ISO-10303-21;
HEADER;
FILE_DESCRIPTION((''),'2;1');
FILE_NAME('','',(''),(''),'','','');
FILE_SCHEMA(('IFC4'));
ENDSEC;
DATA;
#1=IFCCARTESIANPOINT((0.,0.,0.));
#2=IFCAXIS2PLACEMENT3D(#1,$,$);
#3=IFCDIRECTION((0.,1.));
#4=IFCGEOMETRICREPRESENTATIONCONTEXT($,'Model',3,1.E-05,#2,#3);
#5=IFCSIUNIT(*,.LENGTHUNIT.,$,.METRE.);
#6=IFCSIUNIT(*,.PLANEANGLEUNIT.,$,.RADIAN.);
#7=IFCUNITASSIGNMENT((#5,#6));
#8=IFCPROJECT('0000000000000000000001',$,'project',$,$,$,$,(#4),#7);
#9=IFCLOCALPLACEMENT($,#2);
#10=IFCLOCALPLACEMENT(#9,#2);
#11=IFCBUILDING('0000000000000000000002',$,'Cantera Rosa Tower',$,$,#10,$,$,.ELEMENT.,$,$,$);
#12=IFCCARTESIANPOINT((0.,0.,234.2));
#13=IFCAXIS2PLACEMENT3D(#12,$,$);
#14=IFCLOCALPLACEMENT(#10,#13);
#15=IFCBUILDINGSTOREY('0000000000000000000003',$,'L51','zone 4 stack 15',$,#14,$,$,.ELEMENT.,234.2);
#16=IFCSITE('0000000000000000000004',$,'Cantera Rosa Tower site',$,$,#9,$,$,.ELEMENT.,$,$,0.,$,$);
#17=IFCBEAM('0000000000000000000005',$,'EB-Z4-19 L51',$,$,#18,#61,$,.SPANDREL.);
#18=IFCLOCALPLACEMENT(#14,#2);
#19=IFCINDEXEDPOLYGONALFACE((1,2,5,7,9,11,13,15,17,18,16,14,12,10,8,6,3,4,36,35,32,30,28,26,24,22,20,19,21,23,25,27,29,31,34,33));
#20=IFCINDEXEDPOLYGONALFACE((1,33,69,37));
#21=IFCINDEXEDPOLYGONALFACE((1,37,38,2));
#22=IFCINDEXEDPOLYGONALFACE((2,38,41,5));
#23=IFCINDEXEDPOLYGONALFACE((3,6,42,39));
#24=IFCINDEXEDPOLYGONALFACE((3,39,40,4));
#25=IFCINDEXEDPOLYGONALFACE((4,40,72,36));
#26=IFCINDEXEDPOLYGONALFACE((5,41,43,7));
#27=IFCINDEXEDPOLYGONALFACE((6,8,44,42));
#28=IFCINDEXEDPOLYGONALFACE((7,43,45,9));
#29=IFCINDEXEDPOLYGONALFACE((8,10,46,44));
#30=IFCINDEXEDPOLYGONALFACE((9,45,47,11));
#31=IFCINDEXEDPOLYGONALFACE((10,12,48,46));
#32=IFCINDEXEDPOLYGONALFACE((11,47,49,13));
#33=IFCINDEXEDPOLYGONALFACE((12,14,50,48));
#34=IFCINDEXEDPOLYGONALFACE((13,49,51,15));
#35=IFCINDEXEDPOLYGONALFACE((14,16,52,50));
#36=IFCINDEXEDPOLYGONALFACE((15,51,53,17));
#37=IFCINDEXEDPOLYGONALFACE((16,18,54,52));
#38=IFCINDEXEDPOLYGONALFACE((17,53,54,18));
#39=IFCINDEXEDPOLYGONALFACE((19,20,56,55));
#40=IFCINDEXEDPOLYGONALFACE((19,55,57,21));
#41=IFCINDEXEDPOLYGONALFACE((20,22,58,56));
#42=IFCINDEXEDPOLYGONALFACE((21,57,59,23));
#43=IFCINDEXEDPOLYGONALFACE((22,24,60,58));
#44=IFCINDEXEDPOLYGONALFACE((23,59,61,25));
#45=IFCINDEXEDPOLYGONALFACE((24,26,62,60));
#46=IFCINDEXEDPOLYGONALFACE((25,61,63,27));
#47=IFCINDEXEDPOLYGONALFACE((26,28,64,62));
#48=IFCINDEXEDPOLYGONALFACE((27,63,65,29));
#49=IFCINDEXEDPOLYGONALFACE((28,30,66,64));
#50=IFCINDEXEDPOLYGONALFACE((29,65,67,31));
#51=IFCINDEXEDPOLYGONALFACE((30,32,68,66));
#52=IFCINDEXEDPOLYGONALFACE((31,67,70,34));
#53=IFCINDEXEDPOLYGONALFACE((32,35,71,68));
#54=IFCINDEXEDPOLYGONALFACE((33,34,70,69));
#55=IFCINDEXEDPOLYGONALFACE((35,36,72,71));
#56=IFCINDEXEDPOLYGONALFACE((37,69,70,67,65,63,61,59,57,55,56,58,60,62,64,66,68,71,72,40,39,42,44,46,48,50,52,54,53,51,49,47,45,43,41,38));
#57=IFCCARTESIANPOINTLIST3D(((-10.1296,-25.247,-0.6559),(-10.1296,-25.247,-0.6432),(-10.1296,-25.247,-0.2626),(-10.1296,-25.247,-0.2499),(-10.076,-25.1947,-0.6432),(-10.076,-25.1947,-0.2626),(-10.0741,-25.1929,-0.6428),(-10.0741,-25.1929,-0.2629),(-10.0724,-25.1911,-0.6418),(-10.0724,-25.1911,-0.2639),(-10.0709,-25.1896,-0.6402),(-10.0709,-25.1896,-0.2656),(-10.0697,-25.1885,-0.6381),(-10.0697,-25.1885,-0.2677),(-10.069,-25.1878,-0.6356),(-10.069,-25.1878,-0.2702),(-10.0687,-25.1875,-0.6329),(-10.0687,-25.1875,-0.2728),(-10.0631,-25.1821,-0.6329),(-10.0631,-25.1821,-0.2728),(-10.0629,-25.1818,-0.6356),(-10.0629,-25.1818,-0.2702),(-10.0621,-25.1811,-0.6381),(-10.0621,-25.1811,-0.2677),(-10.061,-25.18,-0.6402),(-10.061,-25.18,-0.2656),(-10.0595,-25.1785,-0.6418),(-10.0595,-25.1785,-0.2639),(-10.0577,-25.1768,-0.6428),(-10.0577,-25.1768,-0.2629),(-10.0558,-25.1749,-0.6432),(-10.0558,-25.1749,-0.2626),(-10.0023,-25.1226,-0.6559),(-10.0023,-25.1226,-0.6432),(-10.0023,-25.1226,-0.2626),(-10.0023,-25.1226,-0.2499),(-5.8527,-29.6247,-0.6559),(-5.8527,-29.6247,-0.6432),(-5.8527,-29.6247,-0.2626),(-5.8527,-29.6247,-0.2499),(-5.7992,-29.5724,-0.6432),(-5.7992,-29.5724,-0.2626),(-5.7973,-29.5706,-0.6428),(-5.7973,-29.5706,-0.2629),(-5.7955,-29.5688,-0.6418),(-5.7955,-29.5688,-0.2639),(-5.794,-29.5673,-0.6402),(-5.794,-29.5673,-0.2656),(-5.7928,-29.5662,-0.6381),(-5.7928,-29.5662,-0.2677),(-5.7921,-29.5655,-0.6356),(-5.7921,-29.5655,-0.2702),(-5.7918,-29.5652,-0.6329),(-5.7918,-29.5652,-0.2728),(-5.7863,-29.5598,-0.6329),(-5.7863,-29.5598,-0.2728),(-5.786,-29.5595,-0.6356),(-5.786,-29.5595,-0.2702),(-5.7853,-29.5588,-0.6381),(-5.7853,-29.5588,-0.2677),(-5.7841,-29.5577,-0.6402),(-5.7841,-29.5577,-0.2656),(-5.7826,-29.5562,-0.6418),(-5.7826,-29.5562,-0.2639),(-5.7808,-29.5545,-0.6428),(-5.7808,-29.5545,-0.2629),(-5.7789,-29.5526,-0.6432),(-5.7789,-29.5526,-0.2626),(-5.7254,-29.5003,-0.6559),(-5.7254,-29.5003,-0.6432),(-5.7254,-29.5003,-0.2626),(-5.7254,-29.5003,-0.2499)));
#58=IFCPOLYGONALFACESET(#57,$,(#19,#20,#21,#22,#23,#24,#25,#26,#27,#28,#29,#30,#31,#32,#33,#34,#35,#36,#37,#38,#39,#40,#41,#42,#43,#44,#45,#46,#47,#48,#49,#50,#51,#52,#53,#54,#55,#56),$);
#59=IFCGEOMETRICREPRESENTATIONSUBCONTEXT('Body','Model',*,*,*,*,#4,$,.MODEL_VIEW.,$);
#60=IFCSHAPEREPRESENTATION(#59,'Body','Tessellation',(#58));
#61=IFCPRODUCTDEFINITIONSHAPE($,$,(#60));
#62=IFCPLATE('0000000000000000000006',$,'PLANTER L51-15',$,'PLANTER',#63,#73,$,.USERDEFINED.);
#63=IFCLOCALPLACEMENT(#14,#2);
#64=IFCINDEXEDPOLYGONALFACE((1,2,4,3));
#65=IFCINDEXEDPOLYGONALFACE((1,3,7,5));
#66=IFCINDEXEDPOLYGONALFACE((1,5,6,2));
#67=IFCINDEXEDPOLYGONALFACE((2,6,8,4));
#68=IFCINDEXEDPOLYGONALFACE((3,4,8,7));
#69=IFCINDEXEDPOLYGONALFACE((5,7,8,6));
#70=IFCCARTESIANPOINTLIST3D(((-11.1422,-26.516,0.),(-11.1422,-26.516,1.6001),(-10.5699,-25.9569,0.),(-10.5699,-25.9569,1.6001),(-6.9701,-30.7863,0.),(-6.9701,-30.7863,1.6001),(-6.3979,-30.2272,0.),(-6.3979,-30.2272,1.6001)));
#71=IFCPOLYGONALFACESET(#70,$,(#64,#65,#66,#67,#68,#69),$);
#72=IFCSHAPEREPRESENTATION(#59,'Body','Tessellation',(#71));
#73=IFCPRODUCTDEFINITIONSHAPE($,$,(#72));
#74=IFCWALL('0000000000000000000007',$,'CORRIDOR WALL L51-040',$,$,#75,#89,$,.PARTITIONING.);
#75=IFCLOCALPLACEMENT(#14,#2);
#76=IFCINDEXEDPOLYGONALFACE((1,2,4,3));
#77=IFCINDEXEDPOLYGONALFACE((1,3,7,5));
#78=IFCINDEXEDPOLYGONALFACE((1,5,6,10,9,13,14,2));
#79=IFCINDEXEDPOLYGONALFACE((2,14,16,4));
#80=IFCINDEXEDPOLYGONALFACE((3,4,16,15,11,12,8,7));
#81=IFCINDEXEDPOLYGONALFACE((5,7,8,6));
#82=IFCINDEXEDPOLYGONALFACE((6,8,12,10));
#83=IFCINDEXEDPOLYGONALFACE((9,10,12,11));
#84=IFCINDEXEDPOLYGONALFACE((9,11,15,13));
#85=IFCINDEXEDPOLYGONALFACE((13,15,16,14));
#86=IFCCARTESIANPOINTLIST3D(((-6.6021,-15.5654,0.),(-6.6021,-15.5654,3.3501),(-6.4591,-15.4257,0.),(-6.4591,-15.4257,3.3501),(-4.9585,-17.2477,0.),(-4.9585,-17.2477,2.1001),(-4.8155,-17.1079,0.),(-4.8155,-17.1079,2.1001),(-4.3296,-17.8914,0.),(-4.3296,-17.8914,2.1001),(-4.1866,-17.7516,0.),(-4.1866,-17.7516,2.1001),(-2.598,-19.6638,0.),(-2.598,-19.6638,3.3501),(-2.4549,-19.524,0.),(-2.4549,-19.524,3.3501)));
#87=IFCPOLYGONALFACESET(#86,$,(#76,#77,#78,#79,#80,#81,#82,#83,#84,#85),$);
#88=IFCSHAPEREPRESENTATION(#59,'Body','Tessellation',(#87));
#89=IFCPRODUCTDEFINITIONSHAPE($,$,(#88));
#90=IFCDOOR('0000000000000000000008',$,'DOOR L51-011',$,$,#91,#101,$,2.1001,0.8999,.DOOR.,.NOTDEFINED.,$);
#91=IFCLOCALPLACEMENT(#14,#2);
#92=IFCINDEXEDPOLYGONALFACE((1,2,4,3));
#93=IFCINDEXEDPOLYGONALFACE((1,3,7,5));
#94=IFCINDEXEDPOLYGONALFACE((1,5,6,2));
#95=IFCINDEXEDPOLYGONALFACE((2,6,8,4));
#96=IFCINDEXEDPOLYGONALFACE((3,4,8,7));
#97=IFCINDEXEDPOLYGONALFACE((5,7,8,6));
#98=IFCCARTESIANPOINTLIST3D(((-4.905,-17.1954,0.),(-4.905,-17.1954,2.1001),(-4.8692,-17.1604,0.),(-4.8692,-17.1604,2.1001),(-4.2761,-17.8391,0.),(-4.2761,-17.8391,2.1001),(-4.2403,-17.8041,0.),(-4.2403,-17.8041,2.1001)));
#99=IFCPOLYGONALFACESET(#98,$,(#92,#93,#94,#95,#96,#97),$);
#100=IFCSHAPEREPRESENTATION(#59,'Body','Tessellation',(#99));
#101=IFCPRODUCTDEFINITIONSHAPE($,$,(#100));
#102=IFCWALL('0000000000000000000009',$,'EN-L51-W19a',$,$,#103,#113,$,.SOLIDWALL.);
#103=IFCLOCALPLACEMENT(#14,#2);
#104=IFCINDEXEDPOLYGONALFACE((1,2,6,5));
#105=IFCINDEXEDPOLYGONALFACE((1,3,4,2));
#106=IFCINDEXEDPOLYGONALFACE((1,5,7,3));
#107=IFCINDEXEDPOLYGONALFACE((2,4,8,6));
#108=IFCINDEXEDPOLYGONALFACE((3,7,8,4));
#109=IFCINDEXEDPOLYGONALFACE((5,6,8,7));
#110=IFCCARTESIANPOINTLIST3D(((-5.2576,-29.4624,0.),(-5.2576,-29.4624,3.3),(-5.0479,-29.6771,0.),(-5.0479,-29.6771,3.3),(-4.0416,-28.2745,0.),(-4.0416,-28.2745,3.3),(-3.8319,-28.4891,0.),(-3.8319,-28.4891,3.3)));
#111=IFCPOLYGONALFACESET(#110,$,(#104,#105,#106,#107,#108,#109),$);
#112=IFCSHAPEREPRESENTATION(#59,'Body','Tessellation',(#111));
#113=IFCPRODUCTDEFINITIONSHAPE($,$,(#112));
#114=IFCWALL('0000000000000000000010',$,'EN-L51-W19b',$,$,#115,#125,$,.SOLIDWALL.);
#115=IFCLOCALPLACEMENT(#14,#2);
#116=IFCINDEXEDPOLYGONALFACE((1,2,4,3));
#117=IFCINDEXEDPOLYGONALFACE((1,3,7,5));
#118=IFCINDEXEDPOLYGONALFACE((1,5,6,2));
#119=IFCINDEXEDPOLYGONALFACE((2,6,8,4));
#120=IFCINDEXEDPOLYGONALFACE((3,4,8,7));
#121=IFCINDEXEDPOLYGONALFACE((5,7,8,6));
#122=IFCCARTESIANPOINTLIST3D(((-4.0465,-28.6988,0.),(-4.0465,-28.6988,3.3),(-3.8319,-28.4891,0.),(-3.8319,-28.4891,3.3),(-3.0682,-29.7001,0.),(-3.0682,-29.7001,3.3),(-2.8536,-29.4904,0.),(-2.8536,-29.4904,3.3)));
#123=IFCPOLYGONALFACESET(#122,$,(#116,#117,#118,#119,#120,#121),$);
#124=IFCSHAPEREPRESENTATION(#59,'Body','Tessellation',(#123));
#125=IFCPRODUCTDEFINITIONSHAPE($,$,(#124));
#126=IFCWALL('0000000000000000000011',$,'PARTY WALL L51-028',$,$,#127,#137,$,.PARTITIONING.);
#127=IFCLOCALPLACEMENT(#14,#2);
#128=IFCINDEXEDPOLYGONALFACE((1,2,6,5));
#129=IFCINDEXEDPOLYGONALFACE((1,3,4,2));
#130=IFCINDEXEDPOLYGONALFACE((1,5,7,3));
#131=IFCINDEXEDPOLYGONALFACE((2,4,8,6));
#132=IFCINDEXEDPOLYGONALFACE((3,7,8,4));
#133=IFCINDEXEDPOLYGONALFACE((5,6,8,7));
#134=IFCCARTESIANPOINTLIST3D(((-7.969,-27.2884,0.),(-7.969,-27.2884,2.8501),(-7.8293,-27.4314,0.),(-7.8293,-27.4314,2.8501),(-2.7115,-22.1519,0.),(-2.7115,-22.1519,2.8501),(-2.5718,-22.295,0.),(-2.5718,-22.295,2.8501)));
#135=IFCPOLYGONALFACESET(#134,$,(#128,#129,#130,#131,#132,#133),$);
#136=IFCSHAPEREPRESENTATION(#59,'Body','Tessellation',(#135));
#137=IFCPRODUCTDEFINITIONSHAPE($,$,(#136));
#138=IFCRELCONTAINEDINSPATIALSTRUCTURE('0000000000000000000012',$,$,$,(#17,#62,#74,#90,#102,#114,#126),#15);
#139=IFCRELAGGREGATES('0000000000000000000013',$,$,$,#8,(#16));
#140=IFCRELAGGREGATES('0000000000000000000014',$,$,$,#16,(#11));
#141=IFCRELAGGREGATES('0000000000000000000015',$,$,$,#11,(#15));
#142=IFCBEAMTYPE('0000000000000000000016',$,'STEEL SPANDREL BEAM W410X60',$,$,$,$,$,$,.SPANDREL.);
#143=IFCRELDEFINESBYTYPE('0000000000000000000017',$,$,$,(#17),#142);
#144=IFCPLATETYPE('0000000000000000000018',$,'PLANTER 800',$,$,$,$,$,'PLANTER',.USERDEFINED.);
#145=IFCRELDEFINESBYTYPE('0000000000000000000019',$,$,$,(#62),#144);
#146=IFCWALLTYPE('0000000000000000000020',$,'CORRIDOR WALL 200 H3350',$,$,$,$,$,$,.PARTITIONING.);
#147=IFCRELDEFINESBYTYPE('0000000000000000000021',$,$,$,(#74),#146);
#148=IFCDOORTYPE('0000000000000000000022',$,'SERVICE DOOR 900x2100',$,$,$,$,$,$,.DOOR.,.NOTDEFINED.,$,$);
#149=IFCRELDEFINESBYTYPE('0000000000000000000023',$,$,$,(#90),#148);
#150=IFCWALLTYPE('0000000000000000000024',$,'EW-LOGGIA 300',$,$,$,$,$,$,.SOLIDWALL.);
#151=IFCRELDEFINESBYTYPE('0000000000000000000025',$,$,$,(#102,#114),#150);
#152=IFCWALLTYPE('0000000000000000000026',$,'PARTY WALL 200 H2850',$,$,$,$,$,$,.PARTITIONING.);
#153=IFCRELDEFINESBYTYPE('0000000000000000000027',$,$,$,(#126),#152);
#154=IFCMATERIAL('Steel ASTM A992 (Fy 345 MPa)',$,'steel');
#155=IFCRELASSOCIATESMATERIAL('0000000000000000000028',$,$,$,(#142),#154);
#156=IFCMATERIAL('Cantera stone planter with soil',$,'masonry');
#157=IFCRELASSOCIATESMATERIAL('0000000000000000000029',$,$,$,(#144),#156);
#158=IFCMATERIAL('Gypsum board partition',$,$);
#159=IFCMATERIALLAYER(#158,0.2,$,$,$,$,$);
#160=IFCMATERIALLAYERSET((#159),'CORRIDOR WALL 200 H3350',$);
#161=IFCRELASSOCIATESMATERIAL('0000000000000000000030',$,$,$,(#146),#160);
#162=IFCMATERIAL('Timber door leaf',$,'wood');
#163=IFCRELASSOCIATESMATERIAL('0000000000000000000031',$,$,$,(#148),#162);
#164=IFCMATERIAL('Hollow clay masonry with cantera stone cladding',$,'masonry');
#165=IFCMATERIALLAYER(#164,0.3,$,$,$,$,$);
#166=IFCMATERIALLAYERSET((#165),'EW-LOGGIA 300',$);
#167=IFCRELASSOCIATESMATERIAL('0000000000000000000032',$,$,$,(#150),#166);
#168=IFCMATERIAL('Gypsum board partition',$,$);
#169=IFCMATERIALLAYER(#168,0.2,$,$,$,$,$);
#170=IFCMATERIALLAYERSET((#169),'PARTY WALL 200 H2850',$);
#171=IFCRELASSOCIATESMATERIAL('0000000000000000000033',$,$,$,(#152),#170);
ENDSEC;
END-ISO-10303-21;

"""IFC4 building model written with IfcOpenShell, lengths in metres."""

from ifc_helpers import new_model, si_unit, direction, frame, frame_2d, origin, origin_2d, place, context, subcontext, project, spatial, rectangle, i_section, extrude, material, layer, layer_set, material_profile, profile_set, type_object, element, fill, save


model = new_model("IFC4")

# Units and contexts
model_context = context("Model", 3, precision=1e-05, world=origin(), true_north=direction((0.0, 1.0)))
body_context = subcontext(model_context, "Body", "Model", "MODEL_VIEW")
ifc_project = project(units=[si_unit("LENGTHUNIT", "METRE"), si_unit("PLANEANGLEUNIT", "RADIAN")], contexts=[model_context])

# Site, building, storey
site_placement = place(None, origin())
site = spatial("IfcSite", under=ifc_project, at=site_placement, Name="Cantera Rosa Tower site", CompositionType="ELEMENT", RefElevation=0.0)
building_placement = place(site_placement, origin())
building = spatial("IfcBuilding", under=site, at=building_placement, Name="Cantera Rosa Tower", CompositionType="ELEMENT")
storey_placement = place(building_placement, frame((0.0, 0.0, 234.2)))
storey = spatial("IfcBuildingStorey", under=building, at=storey_placement, Name="L51", Description="zone 4 stack 15", CompositionType="ELEMENT", Elevation=234.2)

# Beam
ifc_material_1 = material(Name="Steel ASTM A992 (Fy 345 MPa)", Category="steel")
ifc_material_profile_1 = material_profile(ifc_material_1, i_section(OverallWidth=0.178, OverallDepth=0.406, WebThickness=0.0078, FlangeThickness=0.0127, FilletRadius=0.0103, at=origin_2d()), Name="W410X60")
ifc_profile_set_1 = profile_set([ifc_material_profile_1], Name="Steel ASTM A992 (Fy 345 MPa)")
beam_type_1 = type_object("IfcBeamType", Name="STEEL SPANDREL BEAM W410X60", PredefinedType="SPANDREL", material=ifc_profile_set_1)
beam_1_placement = place(storey_placement, frame((-10.0659, -25.1848, -0.4529), z_axis=(0.698821, -0.715296, 0.0), x_axis=(0.715296, 0.698821, 0.0)))
element("IfcBeam", 1, at=beam_1_placement, inside=storey, type_object=beam_type_1, Name="EB-Z4-19 L51", PredefinedType="SPANDREL", context=body_context, shape_type="SweptSolid", body=[
    extrude(i_section(OverallWidth=0.178, OverallDepth=0.406, WebThickness=0.0078, FlangeThickness=0.0127, FilletRadius=0.0103, at=origin_2d()), origin(), (0.0, 0.0, 1.0), 6.1201),
])

# Plate
ifc_material_2 = material(Name="Cantera stone planter with soil", Category="masonry")
plate_type = type_object("IfcPlateType", Name="PLANTER 800", ElementType="PLANTER", PredefinedType="USERDEFINED", material=ifc_material_2)
plate_placement = place(storey_placement, frame((-8.77, -28.3716, 0.0), z_axis=(0.0, 0.0, 1.0), x_axis=(0.698832, -0.715286, 0.0)))
element("IfcPlate", 2, at=plate_placement, inside=storey, type_object=plate_type, Name="PLANTER L51-15", ObjectType="PLANTER", PredefinedType="USERDEFINED", context=body_context, shape_type="SweptSolid", body=[
    extrude(rectangle(XDim=5.97, YDim=0.8, at=origin_2d()), origin(), (0.0, 0.0, 1.0), 1.6001),
])

# Wall, opening, door
ifc_material_3 = material(Name="Gypsum board partition")
ifc_layer_1 = layer(ifc_material_3, 0.2)
ifc_layer_set_1 = layer_set([ifc_layer_1], Name="CORRIDOR WALL 200 H3350")
wall_type_1 = type_object("IfcWallType", Name="CORRIDOR WALL 200 H3350", PredefinedType="PARTITIONING", material=ifc_layer_set_1)
wall_1_placement = place(storey_placement, frame((-6.5305, -15.4956, 0.0), z_axis=(0.0, 0.0, 1.0), x_axis=(0.698835, -0.715283, 0.0)))
wall_1 = element("IfcWall", 3, at=wall_1_placement, inside=storey, type_object=wall_type_1, Name="CORRIDOR WALL L51-040", PredefinedType="PARTITIONING", context=body_context, shape_type="SweptSolid", body=[
    extrude(rectangle(XDim=5.7297, YDim=0.2, at=frame_2d((2.8647, 0.0))), origin(), (0.0, 0.0, 1.0), 3.3501),
])
opening_1_placement = place(wall_1_placement, frame((2.3518, 0.0, 0.0)))
opening_1 = element("IfcOpeningElement", 4, at=opening_1_placement, cuts=wall_1, PredefinedType="OPENING", context=body_context, shape_type="SweptSolid", body=[
    extrude(rectangle(XDim=0.8999, YDim=2.1001, at=frame_2d((0.45, 1.05))), frame((0.0, 0.1099, 0.0), z_axis=(0.0, -1.0, 0.0), x_axis=(1.0, 0.0, 0.0)), (0.0, 0.0, 1.0), 0.22),
])
ifc_material_4 = material(Name="Timber door leaf", Category="wood")
door_type_1 = type_object("IfcDoorType", Name="SERVICE DOOR 900x2100", OperationType="NOTDEFINED", PredefinedType="DOOR", material=ifc_material_4)
door_1_placement = place(opening_1_placement, origin())
door_1 = element("IfcDoor", 5, at=door_1_placement, inside=storey, type_object=door_type_1, Name="DOOR L51-011", OperationType="NOTDEFINED", OverallHeight=2.1001, OverallWidth=0.8999, PredefinedType="DOOR", context=body_context, shape_type="SweptSolid", body=[
    extrude(rectangle(XDim=0.8999, YDim=2.1001, at=frame_2d((0.45, 1.05))), frame((0.0, 0.0249, 0.0), z_axis=(0.0, -1.0, 0.0), x_axis=(1.0, 0.0, 0.0)), (0.0, 0.0, 1.0), 0.05),
])
fill(opening_1, door_1)

# Walls
ifc_material_5 = material(Name="Hollow clay masonry with cantera stone cladding", Category="masonry")
ifc_layer_2 = layer(ifc_material_5, 0.3)
ifc_layer_set_2 = layer_set([ifc_layer_2], Name="EW-LOGGIA 300")
wall_type_2 = type_object("IfcWallType", Name="EW-LOGGIA 300", PredefinedType="SOLIDWALL", material=ifc_layer_set_2)
wall_2_placement = place(storey_placement, frame((-5.1528, -29.5698, 0.0), z_axis=(0.0, 0.0, 1.0), x_axis=(0.715316, 0.698801, 0.0)))
element("IfcWall", 6, at=wall_2_placement, inside=storey, type_object=wall_type_2, Name="EN-L51-W19a", PredefinedType="SOLIDWALL", context=body_context, shape_type="SweptSolid", body=[
    extrude(rectangle(XDim=1.7, YDim=0.3, at=frame_2d((0.8501, 0.0))), origin(), (0.0, 0.0, 1.0), 3.3),
])
wall_3_placement = place(storey_placement, frame((-3.9392, -28.594, 0.0), z_axis=(0.0, 0.0, 1.0), x_axis=(0.698862, -0.715257, 0.0)))
element("IfcWall", 7, at=wall_3_placement, inside=storey, type_object=wall_type_2, Name="EN-L51-W19b", PredefinedType="SOLIDWALL", context=body_context, shape_type="SweptSolid", body=[
    extrude(rectangle(XDim=1.3999, YDim=0.3, at=frame_2d((0.7, 0.0))), origin(), (0.0, 0.0, 1.0), 3.3),
])

# Wall
ifc_material_6 = material(Name="Gypsum board partition")
ifc_layer_3 = layer(ifc_material_6, 0.2)
ifc_layer_set_3 = layer_set([ifc_layer_3], Name="PARTY WALL 200 H2850")
wall_type_3 = type_object("IfcWallType", Name="PARTY WALL 200 H2850", PredefinedType="PARTITIONING", material=ifc_layer_set_3)
wall_4_placement = place(storey_placement, frame((-7.8992, -27.3599, 0.0), z_axis=(0.0, 0.0, 1.0), x_axis=(0.715296, 0.698821, 0.0)))
element("IfcWall", 8, at=wall_4_placement, inside=storey, type_object=wall_type_3, Name="PARTY WALL L51-028", PredefinedType="PARTITIONING", context=body_context, shape_type="SweptSolid", body=[
    extrude(rectangle(XDim=7.3501, YDim=0.2, at=frame_2d((3.675, 0.0))), origin(), (0.0, 0.0, 1.0), 2.8501),
])

save(model, "model.ifc")
